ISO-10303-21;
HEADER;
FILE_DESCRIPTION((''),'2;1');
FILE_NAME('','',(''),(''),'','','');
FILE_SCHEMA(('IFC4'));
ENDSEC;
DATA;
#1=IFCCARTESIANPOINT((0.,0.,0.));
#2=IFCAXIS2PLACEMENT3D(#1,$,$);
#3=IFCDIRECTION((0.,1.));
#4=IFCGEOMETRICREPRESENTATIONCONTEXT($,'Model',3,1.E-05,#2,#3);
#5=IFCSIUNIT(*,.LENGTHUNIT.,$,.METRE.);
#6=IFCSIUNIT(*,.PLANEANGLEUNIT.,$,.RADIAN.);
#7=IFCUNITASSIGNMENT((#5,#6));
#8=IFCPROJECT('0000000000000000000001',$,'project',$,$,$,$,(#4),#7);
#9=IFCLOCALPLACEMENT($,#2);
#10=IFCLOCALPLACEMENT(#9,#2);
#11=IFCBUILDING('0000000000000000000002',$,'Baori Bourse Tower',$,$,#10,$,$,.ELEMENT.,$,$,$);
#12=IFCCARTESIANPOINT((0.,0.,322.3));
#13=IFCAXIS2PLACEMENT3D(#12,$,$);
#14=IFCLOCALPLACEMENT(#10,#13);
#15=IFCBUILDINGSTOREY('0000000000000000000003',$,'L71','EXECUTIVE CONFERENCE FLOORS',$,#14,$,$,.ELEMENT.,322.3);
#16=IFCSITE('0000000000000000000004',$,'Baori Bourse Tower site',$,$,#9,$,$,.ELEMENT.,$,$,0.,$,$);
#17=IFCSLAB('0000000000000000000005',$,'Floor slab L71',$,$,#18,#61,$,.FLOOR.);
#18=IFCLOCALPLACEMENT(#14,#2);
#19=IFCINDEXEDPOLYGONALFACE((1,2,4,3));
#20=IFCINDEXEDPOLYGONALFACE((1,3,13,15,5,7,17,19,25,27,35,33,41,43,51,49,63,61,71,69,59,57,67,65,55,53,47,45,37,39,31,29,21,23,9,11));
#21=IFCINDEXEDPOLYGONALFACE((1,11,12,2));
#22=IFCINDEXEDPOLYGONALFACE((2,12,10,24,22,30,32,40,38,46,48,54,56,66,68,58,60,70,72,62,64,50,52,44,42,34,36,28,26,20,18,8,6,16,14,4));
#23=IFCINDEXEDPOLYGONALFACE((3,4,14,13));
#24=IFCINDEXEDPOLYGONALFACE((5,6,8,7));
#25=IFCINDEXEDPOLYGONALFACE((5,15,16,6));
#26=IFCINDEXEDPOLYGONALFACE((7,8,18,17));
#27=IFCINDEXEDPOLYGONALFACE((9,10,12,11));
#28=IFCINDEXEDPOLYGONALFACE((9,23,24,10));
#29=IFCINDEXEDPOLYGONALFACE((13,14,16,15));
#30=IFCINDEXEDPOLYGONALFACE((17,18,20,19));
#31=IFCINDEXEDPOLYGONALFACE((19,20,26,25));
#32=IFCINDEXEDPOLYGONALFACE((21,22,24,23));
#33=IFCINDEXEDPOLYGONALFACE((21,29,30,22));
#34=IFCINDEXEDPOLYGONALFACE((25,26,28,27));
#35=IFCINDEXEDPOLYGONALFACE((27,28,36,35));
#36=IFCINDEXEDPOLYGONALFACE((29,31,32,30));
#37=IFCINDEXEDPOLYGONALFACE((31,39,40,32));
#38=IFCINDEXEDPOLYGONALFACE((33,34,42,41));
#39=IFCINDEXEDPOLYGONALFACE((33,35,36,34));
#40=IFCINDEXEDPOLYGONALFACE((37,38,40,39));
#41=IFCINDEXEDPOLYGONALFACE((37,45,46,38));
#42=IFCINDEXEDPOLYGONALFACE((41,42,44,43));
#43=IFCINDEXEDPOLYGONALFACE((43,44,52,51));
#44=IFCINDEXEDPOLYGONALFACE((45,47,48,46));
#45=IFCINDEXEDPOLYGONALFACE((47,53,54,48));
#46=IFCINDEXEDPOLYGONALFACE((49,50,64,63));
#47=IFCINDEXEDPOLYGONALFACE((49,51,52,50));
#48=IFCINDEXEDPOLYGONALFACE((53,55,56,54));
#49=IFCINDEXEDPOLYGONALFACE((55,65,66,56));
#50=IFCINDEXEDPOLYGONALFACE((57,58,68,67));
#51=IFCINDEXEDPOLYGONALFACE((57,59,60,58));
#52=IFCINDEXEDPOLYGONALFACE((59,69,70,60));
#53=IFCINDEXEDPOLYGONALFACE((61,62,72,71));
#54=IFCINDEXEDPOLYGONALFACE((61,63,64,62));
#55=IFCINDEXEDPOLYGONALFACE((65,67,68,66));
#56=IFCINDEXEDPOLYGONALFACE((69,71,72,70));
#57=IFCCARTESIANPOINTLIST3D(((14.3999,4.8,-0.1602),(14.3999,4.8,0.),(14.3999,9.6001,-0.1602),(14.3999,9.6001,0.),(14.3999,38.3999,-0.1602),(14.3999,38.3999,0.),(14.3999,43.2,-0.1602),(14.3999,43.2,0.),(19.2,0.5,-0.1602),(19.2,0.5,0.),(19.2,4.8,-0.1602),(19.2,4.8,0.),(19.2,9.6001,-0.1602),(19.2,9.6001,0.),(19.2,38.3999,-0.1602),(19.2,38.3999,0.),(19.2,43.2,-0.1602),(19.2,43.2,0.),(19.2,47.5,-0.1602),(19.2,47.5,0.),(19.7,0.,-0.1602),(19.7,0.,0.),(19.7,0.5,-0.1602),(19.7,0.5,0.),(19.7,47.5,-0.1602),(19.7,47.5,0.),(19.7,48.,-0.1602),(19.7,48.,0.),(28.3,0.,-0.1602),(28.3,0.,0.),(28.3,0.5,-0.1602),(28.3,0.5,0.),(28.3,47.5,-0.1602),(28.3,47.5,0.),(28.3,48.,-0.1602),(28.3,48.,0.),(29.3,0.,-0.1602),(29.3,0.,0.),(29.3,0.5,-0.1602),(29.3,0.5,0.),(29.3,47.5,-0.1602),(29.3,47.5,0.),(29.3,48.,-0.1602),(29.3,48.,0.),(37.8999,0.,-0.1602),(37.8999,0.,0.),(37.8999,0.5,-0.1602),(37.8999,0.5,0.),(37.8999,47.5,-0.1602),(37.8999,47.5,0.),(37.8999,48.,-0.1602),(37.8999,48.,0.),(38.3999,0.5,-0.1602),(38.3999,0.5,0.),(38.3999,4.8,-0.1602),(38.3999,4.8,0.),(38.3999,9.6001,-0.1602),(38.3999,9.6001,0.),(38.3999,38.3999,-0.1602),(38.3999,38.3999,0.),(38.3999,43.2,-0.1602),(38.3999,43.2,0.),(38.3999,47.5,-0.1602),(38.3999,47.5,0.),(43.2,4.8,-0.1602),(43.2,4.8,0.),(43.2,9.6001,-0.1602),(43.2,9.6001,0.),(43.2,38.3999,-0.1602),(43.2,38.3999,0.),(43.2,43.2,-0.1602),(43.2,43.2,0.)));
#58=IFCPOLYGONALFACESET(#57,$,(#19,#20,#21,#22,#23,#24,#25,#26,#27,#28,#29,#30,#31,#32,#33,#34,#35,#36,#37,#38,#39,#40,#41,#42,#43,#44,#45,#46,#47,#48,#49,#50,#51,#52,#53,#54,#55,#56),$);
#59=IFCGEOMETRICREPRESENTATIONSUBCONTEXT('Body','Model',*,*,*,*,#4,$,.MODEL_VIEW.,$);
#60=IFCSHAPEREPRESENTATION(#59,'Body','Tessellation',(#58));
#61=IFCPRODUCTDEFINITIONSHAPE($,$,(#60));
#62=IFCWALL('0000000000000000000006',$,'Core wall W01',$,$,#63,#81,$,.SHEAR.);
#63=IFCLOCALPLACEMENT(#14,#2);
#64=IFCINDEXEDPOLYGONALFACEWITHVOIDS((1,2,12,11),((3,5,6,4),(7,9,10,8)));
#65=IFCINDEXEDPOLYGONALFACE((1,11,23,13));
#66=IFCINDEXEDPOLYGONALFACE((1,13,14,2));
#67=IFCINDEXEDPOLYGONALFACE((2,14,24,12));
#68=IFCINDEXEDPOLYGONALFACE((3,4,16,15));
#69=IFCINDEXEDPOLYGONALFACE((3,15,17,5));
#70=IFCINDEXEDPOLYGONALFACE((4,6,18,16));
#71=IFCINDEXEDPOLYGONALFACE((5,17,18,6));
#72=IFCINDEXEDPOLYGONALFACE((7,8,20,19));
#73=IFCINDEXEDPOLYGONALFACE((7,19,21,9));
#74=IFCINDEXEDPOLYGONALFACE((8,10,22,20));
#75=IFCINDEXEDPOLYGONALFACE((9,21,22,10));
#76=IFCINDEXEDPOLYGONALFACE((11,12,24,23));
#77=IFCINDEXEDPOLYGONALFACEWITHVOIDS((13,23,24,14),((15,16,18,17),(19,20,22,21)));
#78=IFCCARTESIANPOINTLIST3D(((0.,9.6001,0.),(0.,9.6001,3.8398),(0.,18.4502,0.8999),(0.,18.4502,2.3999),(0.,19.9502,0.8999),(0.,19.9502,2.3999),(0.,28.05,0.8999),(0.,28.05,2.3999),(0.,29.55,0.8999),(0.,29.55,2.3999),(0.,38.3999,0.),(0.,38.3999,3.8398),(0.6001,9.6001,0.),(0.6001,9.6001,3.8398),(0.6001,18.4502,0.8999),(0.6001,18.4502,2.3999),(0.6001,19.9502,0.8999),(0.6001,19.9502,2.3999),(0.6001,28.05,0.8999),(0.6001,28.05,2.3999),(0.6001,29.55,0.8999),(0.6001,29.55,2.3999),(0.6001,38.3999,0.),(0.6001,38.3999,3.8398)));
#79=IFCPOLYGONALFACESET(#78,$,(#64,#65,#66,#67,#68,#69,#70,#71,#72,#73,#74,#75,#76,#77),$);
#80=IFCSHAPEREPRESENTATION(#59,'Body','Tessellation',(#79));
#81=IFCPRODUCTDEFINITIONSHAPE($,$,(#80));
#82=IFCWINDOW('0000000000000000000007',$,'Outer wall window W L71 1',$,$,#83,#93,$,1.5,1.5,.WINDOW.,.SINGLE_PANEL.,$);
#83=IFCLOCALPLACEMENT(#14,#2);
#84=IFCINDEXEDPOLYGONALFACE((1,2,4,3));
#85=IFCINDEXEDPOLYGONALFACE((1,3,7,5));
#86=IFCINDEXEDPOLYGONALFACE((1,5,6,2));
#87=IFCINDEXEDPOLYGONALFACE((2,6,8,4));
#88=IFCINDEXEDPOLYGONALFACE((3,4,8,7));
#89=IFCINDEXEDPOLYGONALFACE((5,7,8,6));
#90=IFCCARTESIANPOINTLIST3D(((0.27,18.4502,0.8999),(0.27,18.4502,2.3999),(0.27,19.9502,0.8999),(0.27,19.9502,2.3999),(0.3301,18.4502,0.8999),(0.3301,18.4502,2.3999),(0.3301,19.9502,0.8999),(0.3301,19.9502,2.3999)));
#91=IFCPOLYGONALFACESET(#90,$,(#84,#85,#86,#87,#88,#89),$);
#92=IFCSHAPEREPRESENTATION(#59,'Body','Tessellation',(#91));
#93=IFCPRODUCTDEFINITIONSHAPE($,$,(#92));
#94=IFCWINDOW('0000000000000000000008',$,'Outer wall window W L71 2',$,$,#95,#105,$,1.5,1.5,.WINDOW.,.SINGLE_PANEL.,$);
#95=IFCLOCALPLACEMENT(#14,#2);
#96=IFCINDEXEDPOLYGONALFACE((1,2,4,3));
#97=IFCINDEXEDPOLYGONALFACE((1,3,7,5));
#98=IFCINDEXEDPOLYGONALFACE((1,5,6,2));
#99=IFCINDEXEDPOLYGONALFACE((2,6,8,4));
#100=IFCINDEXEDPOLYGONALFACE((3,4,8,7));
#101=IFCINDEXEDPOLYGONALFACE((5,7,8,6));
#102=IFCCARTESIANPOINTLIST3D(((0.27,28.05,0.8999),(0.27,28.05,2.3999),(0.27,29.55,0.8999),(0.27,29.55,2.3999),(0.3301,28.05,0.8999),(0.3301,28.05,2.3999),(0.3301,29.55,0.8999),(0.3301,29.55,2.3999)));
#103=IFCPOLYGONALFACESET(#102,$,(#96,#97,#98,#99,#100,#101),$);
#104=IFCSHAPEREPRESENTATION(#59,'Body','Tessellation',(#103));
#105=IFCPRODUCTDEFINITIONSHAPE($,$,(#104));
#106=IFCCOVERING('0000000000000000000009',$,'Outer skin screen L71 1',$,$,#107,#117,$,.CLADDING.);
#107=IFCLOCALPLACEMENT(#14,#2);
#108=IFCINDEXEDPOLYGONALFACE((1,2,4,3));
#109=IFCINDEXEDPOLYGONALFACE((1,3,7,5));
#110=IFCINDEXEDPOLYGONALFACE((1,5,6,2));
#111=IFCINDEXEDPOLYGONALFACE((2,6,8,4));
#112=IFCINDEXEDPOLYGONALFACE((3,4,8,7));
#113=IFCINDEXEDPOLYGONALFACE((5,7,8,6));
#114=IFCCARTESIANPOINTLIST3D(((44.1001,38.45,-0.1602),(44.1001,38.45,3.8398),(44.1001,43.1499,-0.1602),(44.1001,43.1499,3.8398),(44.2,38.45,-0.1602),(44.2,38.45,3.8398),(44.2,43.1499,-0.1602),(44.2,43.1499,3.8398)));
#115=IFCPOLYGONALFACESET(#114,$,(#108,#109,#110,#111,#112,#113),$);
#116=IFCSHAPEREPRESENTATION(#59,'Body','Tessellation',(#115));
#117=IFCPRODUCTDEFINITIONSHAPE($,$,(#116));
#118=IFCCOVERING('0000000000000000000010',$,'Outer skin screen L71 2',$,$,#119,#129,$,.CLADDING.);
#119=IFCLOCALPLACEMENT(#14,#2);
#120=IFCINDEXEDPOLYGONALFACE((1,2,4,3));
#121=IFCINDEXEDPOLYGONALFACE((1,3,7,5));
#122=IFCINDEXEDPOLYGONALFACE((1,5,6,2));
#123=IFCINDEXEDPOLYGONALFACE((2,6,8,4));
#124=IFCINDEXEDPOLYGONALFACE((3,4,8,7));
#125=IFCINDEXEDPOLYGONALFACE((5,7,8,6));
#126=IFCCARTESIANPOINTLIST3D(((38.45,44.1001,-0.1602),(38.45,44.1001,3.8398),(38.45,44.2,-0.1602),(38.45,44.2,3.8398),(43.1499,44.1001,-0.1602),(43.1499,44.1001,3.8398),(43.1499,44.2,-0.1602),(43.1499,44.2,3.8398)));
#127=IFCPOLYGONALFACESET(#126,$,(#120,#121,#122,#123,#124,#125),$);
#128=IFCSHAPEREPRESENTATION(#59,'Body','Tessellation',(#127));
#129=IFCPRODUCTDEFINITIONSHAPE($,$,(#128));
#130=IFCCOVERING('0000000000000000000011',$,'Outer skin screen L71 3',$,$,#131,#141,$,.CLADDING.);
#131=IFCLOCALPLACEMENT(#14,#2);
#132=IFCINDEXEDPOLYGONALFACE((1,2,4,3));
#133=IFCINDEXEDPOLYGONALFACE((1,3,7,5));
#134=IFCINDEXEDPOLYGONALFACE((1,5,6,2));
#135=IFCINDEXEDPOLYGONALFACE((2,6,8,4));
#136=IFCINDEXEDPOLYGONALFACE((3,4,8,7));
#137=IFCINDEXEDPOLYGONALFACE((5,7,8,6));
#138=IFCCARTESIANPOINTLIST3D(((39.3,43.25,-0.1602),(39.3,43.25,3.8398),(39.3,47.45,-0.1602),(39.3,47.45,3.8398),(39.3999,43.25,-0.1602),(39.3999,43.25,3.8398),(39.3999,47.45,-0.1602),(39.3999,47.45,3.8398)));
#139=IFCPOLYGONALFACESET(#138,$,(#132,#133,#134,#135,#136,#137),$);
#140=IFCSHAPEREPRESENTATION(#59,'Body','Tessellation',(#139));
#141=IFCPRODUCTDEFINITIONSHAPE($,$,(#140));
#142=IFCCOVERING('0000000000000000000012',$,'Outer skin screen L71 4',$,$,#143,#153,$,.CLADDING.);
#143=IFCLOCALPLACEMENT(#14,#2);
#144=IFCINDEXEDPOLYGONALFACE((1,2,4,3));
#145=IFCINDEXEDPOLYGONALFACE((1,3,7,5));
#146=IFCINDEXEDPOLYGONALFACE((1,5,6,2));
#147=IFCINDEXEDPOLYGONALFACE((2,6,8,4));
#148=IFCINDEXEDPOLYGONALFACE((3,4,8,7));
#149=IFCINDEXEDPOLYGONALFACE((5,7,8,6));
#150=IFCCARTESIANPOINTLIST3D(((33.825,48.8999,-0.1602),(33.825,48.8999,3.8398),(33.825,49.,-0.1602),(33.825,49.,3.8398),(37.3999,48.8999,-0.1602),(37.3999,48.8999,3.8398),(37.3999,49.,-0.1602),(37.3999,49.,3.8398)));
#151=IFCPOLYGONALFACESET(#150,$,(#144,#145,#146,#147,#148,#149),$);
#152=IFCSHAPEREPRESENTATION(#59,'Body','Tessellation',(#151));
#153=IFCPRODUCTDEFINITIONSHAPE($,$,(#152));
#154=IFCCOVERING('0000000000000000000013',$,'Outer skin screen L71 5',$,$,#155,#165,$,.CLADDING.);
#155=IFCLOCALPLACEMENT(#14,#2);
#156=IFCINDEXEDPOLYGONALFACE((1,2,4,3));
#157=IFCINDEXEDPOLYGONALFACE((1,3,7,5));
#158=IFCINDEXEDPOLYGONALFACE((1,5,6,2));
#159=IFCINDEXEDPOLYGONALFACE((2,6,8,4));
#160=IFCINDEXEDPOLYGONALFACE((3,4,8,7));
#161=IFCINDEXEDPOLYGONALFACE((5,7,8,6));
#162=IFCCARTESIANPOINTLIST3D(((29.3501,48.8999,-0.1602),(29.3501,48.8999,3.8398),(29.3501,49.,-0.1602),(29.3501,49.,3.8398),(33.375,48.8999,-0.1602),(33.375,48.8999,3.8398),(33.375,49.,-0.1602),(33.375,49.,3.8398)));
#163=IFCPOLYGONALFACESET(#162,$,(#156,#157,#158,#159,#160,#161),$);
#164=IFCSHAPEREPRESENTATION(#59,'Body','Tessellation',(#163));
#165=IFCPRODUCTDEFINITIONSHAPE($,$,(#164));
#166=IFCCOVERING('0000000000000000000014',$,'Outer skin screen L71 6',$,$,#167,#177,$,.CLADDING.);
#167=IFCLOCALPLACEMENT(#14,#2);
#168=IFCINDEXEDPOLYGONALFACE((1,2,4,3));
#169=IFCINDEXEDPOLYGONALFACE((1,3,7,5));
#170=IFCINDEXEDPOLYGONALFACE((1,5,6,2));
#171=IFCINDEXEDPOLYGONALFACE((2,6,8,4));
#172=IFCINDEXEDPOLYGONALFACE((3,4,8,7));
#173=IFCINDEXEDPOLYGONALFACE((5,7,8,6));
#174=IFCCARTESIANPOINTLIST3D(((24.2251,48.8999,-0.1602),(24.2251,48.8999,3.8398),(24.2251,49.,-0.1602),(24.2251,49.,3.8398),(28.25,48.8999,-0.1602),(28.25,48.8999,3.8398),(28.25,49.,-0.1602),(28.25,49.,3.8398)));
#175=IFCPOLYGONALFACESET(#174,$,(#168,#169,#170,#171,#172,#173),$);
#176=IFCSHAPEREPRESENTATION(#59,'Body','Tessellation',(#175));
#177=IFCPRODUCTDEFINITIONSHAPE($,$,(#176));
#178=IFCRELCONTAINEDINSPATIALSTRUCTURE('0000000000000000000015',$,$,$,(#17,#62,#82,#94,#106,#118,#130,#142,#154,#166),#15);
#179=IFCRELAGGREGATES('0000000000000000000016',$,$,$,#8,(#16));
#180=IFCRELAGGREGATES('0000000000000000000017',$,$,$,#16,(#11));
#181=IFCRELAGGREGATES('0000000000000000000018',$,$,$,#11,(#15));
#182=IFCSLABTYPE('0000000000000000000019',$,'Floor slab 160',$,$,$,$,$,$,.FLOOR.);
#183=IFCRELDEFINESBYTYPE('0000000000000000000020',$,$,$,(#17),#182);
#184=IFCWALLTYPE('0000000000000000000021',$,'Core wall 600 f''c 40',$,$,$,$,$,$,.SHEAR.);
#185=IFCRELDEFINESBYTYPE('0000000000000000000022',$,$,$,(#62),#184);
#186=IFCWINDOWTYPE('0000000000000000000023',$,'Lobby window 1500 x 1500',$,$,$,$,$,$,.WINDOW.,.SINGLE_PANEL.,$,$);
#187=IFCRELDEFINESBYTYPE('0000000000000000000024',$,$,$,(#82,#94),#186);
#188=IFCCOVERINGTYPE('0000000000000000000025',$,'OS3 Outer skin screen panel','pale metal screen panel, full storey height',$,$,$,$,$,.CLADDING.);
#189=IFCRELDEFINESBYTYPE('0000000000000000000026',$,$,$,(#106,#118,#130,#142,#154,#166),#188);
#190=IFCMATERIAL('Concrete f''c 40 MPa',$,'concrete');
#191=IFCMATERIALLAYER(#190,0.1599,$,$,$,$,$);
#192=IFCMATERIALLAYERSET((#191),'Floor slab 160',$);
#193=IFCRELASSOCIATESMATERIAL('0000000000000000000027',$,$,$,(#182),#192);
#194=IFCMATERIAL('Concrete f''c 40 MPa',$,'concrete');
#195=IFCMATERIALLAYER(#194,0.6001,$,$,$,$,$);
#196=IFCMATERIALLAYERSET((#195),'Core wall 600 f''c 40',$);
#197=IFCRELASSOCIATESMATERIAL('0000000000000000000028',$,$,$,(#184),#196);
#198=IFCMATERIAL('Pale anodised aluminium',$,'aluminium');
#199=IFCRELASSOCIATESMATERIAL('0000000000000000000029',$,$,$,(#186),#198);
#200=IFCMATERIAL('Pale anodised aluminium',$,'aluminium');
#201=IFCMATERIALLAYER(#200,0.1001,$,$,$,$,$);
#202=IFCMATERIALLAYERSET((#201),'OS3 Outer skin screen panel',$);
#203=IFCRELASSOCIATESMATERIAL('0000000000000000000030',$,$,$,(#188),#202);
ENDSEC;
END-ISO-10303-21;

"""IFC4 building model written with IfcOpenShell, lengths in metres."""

from ifc_helpers import new_model, si_unit, direction, frame, frame_2d, origin, place, context, subcontext, project, spatial, polyline, rectangle, outline, extrude, material, layer, layer_set, type_object, element, fill, save


model = new_model("IFC4")

# Units and contexts
model_context = context("Model", 3, precision=1e-05, world=origin(), true_north=direction((0.0, 1.0)))
body_context = subcontext(model_context, "Body", "Model", "MODEL_VIEW")
ifc_project = project(units=[si_unit("LENGTHUNIT", "METRE"), si_unit("PLANEANGLEUNIT", "RADIAN")], contexts=[model_context])

# Site, building, storey
site_placement = place(None, origin())
site = spatial("IfcSite", under=ifc_project, at=site_placement, Name="Baori Bourse Tower site", CompositionType="ELEMENT", RefElevation=0.0)
building_placement = place(site_placement, origin())
building = spatial("IfcBuilding", under=site, at=building_placement, Name="Baori Bourse Tower", CompositionType="ELEMENT")
storey_placement = place(building_placement, frame((0.0, 0.0, 322.3)))
storey = spatial("IfcBuildingStorey", under=building, at=storey_placement, Name="L71", Description="EXECUTIVE CONFERENCE FLOORS", CompositionType="ELEMENT", Elevation=322.3)

# Slab
ifc_material_1 = material(Name="Concrete f'c 40 MPa", Category="concrete")
ifc_layer_1 = layer(ifc_material_1, 0.1599)
ifc_layer_set_1 = layer_set([ifc_layer_1], Name="Floor slab 160")
slab_type_1 = type_object("IfcSlabType", Name="Floor slab 160", PredefinedType="FLOOR", material=ifc_layer_set_1)
slab_1_placement = place(storey_placement, frame((0.0, 0.0, -0.1602)))
element("IfcSlab", 1, at=slab_1_placement, inside=storey, type_object=slab_type_1, Name="Floor slab L71", PredefinedType="FLOOR", context=body_context, shape_type="SweptSolid", body=[
    extrude(outline(polyline([(19.2, 4.8), (14.3999, 4.8), (14.3999, 9.6001), (19.2, 9.6001), (19.2, 38.3999), (14.3999, 38.3999), (14.3999, 43.2), (19.2, 43.2), (19.2, 47.5), (19.7, 47.5), (19.7, 48.0), (28.3, 48.0), (28.3, 47.5), (29.3, 47.5), (29.3, 48.0), (37.8999, 48.0), (37.8999, 47.5), (38.3999, 47.5), (38.3999, 43.2), (43.2, 43.2), (43.2, 38.3999), (38.3999, 38.3999), (38.3999, 9.6001), (43.2, 9.6001), (43.2, 4.8), (38.3999, 4.8), (38.3999, 0.5), (37.8999, 0.5), (37.8999, 0.0), (29.3, 0.0), (29.3, 0.5), (28.3, 0.5), (28.3, 0.0), (19.7, 0.0), (19.7, 0.5), (19.2, 0.5), (19.2, 4.8)])), origin(), (0.0, 0.0, 1.0), 0.1602),
])

# Wall, openings, windows
ifc_material_2 = material(Name="Concrete f'c 40 MPa", Category="concrete")
ifc_layer_2 = layer(ifc_material_2, 0.6001)
ifc_layer_set_2 = layer_set([ifc_layer_2], Name="Core wall 600 f'c 40")
wall_type = type_object("IfcWallType", Name="Core wall 600 f'c 40", PredefinedType="SHEAR", material=ifc_layer_set_2)
wall_placement = place(storey_placement, frame((0.3, 9.6001, 0.0), z_axis=(0.0, 0.0, 1.0), x_axis=(0.0, 1.0, 0.0)))
wall = element("IfcWall", 2, at=wall_placement, inside=storey, type_object=wall_type, Name="Core wall W01", PredefinedType="SHEAR", context=body_context, shape_type="SweptSolid", body=[
    extrude(rectangle(XDim=28.7998, YDim=0.6001, at=frame_2d((14.3999, 0.0))), origin(), (0.0, 0.0, 1.0), 3.8398),
])
opening_1_placement = place(wall_placement, frame((8.8501, 0.0, 0.8999)))
opening_1 = element("IfcOpeningElement", 3, at=opening_1_placement, cuts=wall, PredefinedType="OPENING", context=body_context, shape_type="SweptSolid", body=[
    extrude(rectangle(XDim=1.5, YDim=1.5, at=frame_2d((0.75, 0.75))), frame((0.0, 0.3101, 0.0), z_axis=(0.0, -1.0, 0.0), x_axis=(1.0, 0.0, 0.0)), (0.0, 0.0, 1.0), 0.6201),
])
opening_2_placement = place(wall_placement, frame((18.45, 0.0, 0.8999)))
opening_2 = element("IfcOpeningElement", 4, at=opening_2_placement, cuts=wall, PredefinedType="OPENING", context=body_context, shape_type="SweptSolid", body=[
    extrude(rectangle(XDim=1.5, YDim=1.5, at=frame_2d((0.75, 0.75))), frame((0.0, 0.3101, 0.0), z_axis=(0.0, -1.0, 0.0), x_axis=(1.0, 0.0, 0.0)), (0.0, 0.0, 1.0), 0.6201),
])
ifc_material_3 = material(Name="Pale anodised aluminium", Category="aluminium")
window_type = type_object("IfcWindowType", Name="Lobby window 1500 x 1500", PartitioningType="SINGLE_PANEL", PredefinedType="WINDOW", material=ifc_material_3)
window_1_placement = place(opening_1_placement, origin())
window_1 = element("IfcWindow", 5, at=window_1_placement, inside=storey, type_object=window_type, Name="Outer wall window W L71 1", OverallHeight=1.5, OverallWidth=1.5, PartitioningType="SINGLE_PANEL", PredefinedType="WINDOW", context=body_context, shape_type="SweptSolid", body=[
    extrude(rectangle(XDim=1.5, YDim=1.5, at=frame_2d((0.75, 0.75))), frame((0.0, 0.03, 0.0), z_axis=(0.0, -1.0, 0.0), x_axis=(1.0, 0.0, 0.0)), (0.0, 0.0, 1.0), 0.0601),
])
fill(opening_1, window_1)
window_2_placement = place(opening_2_placement, origin())
window_2 = element("IfcWindow", 6, at=window_2_placement, inside=storey, type_object=window_type, Name="Outer wall window W L71 2", OverallHeight=1.5, OverallWidth=1.5, PartitioningType="SINGLE_PANEL", PredefinedType="WINDOW", context=body_context, shape_type="SweptSolid", body=[
    extrude(rectangle(XDim=1.5, YDim=1.5, at=frame_2d((0.75, 0.75))), frame((0.0, 0.03, 0.0), z_axis=(0.0, -1.0, 0.0), x_axis=(1.0, 0.0, 0.0)), (0.0, 0.0, 1.0), 0.0601),
])
fill(opening_2, window_2)

# Coverings
ifc_material_4 = material(Name="Pale anodised aluminium", Category="aluminium")
ifc_layer_3 = layer(ifc_material_4, 0.1001)
ifc_layer_set_3 = layer_set([ifc_layer_3], Name="OS3 Outer skin screen panel")
covering_type = type_object("IfcCoveringType", Name="OS3 Outer skin screen panel", Description="pale metal screen panel, full storey height", PredefinedType="CLADDING", material=ifc_layer_set_3)
covering_1_placement = place(storey_placement, frame((0.0, 0.0, -0.1602)))
element("IfcCovering", 7, at=covering_1_placement, inside=storey, type_object=covering_type, Name="Outer skin screen L71 1", PredefinedType="CLADDING", context=body_context, shape_type="SweptSolid", body=[
    extrude(outline(polyline([(44.1001, 43.1499), (44.1001, 38.45), (44.2, 38.45), (44.2, 43.1499), (44.1001, 43.1499)])), origin(), (0.0, 0.0, 1.0), 4.0),
])
covering_2_placement = place(storey_placement, frame((0.0, 0.0, -0.1602)))
element("IfcCovering", 8, at=covering_2_placement, inside=storey, type_object=covering_type, Name="Outer skin screen L71 2", PredefinedType="CLADDING", context=body_context, shape_type="SweptSolid", body=[
    extrude(outline(polyline([(38.45, 44.1001), (43.1499, 44.1001), (43.1499, 44.2), (38.45, 44.2), (38.45, 44.1001)])), origin(), (0.0, 0.0, 1.0), 4.0),
])
covering_3_placement = place(storey_placement, frame((0.0, 0.0, -0.1602)))
element("IfcCovering", 9, at=covering_3_placement, inside=storey, type_object=covering_type, Name="Outer skin screen L71 3", PredefinedType="CLADDING", context=body_context, shape_type="SweptSolid", body=[
    extrude(outline(polyline([(39.3, 47.45), (39.3, 43.25), (39.3999, 43.25), (39.3999, 47.45), (39.3, 47.45)])), origin(), (0.0, 0.0, 1.0), 4.0),
])
covering_4_placement = place(storey_placement, frame((0.0, 0.0, -0.1602)))
element("IfcCovering", 10, at=covering_4_placement, inside=storey, type_object=covering_type, Name="Outer skin screen L71 4", PredefinedType="CLADDING", context=body_context, shape_type="SweptSolid", body=[
    extrude(outline(polyline([(33.825, 48.8999), (37.3999, 48.8999), (37.3999, 49.0), (33.825, 49.0), (33.825, 48.8999)])), origin(), (0.0, 0.0, 1.0), 4.0),
])
covering_5_placement = place(storey_placement, frame((0.0, 0.0, -0.1602)))
element("IfcCovering", 11, at=covering_5_placement, inside=storey, type_object=covering_type, Name="Outer skin screen L71 5", PredefinedType="CLADDING", context=body_context, shape_type="SweptSolid", body=[
    extrude(outline(polyline([(29.3501, 48.8999), (33.375, 48.8999), (33.375, 49.0), (29.3501, 49.0), (29.3501, 48.8999)])), origin(), (0.0, 0.0, 1.0), 4.0),
])
covering_6_placement = place(storey_placement, frame((0.0, 0.0, -0.1602)))
element("IfcCovering", 12, at=covering_6_placement, inside=storey, type_object=covering_type, Name="Outer skin screen L71 6", PredefinedType="CLADDING", context=body_context, shape_type="SweptSolid", body=[
    extrude(outline(polyline([(24.2251, 48.8999), (28.25, 48.8999), (28.25, 49.0), (24.2251, 49.0), (24.2251, 48.8999)])), origin(), (0.0, 0.0, 1.0), 4.0),
])

save(model, "model.ifc")
